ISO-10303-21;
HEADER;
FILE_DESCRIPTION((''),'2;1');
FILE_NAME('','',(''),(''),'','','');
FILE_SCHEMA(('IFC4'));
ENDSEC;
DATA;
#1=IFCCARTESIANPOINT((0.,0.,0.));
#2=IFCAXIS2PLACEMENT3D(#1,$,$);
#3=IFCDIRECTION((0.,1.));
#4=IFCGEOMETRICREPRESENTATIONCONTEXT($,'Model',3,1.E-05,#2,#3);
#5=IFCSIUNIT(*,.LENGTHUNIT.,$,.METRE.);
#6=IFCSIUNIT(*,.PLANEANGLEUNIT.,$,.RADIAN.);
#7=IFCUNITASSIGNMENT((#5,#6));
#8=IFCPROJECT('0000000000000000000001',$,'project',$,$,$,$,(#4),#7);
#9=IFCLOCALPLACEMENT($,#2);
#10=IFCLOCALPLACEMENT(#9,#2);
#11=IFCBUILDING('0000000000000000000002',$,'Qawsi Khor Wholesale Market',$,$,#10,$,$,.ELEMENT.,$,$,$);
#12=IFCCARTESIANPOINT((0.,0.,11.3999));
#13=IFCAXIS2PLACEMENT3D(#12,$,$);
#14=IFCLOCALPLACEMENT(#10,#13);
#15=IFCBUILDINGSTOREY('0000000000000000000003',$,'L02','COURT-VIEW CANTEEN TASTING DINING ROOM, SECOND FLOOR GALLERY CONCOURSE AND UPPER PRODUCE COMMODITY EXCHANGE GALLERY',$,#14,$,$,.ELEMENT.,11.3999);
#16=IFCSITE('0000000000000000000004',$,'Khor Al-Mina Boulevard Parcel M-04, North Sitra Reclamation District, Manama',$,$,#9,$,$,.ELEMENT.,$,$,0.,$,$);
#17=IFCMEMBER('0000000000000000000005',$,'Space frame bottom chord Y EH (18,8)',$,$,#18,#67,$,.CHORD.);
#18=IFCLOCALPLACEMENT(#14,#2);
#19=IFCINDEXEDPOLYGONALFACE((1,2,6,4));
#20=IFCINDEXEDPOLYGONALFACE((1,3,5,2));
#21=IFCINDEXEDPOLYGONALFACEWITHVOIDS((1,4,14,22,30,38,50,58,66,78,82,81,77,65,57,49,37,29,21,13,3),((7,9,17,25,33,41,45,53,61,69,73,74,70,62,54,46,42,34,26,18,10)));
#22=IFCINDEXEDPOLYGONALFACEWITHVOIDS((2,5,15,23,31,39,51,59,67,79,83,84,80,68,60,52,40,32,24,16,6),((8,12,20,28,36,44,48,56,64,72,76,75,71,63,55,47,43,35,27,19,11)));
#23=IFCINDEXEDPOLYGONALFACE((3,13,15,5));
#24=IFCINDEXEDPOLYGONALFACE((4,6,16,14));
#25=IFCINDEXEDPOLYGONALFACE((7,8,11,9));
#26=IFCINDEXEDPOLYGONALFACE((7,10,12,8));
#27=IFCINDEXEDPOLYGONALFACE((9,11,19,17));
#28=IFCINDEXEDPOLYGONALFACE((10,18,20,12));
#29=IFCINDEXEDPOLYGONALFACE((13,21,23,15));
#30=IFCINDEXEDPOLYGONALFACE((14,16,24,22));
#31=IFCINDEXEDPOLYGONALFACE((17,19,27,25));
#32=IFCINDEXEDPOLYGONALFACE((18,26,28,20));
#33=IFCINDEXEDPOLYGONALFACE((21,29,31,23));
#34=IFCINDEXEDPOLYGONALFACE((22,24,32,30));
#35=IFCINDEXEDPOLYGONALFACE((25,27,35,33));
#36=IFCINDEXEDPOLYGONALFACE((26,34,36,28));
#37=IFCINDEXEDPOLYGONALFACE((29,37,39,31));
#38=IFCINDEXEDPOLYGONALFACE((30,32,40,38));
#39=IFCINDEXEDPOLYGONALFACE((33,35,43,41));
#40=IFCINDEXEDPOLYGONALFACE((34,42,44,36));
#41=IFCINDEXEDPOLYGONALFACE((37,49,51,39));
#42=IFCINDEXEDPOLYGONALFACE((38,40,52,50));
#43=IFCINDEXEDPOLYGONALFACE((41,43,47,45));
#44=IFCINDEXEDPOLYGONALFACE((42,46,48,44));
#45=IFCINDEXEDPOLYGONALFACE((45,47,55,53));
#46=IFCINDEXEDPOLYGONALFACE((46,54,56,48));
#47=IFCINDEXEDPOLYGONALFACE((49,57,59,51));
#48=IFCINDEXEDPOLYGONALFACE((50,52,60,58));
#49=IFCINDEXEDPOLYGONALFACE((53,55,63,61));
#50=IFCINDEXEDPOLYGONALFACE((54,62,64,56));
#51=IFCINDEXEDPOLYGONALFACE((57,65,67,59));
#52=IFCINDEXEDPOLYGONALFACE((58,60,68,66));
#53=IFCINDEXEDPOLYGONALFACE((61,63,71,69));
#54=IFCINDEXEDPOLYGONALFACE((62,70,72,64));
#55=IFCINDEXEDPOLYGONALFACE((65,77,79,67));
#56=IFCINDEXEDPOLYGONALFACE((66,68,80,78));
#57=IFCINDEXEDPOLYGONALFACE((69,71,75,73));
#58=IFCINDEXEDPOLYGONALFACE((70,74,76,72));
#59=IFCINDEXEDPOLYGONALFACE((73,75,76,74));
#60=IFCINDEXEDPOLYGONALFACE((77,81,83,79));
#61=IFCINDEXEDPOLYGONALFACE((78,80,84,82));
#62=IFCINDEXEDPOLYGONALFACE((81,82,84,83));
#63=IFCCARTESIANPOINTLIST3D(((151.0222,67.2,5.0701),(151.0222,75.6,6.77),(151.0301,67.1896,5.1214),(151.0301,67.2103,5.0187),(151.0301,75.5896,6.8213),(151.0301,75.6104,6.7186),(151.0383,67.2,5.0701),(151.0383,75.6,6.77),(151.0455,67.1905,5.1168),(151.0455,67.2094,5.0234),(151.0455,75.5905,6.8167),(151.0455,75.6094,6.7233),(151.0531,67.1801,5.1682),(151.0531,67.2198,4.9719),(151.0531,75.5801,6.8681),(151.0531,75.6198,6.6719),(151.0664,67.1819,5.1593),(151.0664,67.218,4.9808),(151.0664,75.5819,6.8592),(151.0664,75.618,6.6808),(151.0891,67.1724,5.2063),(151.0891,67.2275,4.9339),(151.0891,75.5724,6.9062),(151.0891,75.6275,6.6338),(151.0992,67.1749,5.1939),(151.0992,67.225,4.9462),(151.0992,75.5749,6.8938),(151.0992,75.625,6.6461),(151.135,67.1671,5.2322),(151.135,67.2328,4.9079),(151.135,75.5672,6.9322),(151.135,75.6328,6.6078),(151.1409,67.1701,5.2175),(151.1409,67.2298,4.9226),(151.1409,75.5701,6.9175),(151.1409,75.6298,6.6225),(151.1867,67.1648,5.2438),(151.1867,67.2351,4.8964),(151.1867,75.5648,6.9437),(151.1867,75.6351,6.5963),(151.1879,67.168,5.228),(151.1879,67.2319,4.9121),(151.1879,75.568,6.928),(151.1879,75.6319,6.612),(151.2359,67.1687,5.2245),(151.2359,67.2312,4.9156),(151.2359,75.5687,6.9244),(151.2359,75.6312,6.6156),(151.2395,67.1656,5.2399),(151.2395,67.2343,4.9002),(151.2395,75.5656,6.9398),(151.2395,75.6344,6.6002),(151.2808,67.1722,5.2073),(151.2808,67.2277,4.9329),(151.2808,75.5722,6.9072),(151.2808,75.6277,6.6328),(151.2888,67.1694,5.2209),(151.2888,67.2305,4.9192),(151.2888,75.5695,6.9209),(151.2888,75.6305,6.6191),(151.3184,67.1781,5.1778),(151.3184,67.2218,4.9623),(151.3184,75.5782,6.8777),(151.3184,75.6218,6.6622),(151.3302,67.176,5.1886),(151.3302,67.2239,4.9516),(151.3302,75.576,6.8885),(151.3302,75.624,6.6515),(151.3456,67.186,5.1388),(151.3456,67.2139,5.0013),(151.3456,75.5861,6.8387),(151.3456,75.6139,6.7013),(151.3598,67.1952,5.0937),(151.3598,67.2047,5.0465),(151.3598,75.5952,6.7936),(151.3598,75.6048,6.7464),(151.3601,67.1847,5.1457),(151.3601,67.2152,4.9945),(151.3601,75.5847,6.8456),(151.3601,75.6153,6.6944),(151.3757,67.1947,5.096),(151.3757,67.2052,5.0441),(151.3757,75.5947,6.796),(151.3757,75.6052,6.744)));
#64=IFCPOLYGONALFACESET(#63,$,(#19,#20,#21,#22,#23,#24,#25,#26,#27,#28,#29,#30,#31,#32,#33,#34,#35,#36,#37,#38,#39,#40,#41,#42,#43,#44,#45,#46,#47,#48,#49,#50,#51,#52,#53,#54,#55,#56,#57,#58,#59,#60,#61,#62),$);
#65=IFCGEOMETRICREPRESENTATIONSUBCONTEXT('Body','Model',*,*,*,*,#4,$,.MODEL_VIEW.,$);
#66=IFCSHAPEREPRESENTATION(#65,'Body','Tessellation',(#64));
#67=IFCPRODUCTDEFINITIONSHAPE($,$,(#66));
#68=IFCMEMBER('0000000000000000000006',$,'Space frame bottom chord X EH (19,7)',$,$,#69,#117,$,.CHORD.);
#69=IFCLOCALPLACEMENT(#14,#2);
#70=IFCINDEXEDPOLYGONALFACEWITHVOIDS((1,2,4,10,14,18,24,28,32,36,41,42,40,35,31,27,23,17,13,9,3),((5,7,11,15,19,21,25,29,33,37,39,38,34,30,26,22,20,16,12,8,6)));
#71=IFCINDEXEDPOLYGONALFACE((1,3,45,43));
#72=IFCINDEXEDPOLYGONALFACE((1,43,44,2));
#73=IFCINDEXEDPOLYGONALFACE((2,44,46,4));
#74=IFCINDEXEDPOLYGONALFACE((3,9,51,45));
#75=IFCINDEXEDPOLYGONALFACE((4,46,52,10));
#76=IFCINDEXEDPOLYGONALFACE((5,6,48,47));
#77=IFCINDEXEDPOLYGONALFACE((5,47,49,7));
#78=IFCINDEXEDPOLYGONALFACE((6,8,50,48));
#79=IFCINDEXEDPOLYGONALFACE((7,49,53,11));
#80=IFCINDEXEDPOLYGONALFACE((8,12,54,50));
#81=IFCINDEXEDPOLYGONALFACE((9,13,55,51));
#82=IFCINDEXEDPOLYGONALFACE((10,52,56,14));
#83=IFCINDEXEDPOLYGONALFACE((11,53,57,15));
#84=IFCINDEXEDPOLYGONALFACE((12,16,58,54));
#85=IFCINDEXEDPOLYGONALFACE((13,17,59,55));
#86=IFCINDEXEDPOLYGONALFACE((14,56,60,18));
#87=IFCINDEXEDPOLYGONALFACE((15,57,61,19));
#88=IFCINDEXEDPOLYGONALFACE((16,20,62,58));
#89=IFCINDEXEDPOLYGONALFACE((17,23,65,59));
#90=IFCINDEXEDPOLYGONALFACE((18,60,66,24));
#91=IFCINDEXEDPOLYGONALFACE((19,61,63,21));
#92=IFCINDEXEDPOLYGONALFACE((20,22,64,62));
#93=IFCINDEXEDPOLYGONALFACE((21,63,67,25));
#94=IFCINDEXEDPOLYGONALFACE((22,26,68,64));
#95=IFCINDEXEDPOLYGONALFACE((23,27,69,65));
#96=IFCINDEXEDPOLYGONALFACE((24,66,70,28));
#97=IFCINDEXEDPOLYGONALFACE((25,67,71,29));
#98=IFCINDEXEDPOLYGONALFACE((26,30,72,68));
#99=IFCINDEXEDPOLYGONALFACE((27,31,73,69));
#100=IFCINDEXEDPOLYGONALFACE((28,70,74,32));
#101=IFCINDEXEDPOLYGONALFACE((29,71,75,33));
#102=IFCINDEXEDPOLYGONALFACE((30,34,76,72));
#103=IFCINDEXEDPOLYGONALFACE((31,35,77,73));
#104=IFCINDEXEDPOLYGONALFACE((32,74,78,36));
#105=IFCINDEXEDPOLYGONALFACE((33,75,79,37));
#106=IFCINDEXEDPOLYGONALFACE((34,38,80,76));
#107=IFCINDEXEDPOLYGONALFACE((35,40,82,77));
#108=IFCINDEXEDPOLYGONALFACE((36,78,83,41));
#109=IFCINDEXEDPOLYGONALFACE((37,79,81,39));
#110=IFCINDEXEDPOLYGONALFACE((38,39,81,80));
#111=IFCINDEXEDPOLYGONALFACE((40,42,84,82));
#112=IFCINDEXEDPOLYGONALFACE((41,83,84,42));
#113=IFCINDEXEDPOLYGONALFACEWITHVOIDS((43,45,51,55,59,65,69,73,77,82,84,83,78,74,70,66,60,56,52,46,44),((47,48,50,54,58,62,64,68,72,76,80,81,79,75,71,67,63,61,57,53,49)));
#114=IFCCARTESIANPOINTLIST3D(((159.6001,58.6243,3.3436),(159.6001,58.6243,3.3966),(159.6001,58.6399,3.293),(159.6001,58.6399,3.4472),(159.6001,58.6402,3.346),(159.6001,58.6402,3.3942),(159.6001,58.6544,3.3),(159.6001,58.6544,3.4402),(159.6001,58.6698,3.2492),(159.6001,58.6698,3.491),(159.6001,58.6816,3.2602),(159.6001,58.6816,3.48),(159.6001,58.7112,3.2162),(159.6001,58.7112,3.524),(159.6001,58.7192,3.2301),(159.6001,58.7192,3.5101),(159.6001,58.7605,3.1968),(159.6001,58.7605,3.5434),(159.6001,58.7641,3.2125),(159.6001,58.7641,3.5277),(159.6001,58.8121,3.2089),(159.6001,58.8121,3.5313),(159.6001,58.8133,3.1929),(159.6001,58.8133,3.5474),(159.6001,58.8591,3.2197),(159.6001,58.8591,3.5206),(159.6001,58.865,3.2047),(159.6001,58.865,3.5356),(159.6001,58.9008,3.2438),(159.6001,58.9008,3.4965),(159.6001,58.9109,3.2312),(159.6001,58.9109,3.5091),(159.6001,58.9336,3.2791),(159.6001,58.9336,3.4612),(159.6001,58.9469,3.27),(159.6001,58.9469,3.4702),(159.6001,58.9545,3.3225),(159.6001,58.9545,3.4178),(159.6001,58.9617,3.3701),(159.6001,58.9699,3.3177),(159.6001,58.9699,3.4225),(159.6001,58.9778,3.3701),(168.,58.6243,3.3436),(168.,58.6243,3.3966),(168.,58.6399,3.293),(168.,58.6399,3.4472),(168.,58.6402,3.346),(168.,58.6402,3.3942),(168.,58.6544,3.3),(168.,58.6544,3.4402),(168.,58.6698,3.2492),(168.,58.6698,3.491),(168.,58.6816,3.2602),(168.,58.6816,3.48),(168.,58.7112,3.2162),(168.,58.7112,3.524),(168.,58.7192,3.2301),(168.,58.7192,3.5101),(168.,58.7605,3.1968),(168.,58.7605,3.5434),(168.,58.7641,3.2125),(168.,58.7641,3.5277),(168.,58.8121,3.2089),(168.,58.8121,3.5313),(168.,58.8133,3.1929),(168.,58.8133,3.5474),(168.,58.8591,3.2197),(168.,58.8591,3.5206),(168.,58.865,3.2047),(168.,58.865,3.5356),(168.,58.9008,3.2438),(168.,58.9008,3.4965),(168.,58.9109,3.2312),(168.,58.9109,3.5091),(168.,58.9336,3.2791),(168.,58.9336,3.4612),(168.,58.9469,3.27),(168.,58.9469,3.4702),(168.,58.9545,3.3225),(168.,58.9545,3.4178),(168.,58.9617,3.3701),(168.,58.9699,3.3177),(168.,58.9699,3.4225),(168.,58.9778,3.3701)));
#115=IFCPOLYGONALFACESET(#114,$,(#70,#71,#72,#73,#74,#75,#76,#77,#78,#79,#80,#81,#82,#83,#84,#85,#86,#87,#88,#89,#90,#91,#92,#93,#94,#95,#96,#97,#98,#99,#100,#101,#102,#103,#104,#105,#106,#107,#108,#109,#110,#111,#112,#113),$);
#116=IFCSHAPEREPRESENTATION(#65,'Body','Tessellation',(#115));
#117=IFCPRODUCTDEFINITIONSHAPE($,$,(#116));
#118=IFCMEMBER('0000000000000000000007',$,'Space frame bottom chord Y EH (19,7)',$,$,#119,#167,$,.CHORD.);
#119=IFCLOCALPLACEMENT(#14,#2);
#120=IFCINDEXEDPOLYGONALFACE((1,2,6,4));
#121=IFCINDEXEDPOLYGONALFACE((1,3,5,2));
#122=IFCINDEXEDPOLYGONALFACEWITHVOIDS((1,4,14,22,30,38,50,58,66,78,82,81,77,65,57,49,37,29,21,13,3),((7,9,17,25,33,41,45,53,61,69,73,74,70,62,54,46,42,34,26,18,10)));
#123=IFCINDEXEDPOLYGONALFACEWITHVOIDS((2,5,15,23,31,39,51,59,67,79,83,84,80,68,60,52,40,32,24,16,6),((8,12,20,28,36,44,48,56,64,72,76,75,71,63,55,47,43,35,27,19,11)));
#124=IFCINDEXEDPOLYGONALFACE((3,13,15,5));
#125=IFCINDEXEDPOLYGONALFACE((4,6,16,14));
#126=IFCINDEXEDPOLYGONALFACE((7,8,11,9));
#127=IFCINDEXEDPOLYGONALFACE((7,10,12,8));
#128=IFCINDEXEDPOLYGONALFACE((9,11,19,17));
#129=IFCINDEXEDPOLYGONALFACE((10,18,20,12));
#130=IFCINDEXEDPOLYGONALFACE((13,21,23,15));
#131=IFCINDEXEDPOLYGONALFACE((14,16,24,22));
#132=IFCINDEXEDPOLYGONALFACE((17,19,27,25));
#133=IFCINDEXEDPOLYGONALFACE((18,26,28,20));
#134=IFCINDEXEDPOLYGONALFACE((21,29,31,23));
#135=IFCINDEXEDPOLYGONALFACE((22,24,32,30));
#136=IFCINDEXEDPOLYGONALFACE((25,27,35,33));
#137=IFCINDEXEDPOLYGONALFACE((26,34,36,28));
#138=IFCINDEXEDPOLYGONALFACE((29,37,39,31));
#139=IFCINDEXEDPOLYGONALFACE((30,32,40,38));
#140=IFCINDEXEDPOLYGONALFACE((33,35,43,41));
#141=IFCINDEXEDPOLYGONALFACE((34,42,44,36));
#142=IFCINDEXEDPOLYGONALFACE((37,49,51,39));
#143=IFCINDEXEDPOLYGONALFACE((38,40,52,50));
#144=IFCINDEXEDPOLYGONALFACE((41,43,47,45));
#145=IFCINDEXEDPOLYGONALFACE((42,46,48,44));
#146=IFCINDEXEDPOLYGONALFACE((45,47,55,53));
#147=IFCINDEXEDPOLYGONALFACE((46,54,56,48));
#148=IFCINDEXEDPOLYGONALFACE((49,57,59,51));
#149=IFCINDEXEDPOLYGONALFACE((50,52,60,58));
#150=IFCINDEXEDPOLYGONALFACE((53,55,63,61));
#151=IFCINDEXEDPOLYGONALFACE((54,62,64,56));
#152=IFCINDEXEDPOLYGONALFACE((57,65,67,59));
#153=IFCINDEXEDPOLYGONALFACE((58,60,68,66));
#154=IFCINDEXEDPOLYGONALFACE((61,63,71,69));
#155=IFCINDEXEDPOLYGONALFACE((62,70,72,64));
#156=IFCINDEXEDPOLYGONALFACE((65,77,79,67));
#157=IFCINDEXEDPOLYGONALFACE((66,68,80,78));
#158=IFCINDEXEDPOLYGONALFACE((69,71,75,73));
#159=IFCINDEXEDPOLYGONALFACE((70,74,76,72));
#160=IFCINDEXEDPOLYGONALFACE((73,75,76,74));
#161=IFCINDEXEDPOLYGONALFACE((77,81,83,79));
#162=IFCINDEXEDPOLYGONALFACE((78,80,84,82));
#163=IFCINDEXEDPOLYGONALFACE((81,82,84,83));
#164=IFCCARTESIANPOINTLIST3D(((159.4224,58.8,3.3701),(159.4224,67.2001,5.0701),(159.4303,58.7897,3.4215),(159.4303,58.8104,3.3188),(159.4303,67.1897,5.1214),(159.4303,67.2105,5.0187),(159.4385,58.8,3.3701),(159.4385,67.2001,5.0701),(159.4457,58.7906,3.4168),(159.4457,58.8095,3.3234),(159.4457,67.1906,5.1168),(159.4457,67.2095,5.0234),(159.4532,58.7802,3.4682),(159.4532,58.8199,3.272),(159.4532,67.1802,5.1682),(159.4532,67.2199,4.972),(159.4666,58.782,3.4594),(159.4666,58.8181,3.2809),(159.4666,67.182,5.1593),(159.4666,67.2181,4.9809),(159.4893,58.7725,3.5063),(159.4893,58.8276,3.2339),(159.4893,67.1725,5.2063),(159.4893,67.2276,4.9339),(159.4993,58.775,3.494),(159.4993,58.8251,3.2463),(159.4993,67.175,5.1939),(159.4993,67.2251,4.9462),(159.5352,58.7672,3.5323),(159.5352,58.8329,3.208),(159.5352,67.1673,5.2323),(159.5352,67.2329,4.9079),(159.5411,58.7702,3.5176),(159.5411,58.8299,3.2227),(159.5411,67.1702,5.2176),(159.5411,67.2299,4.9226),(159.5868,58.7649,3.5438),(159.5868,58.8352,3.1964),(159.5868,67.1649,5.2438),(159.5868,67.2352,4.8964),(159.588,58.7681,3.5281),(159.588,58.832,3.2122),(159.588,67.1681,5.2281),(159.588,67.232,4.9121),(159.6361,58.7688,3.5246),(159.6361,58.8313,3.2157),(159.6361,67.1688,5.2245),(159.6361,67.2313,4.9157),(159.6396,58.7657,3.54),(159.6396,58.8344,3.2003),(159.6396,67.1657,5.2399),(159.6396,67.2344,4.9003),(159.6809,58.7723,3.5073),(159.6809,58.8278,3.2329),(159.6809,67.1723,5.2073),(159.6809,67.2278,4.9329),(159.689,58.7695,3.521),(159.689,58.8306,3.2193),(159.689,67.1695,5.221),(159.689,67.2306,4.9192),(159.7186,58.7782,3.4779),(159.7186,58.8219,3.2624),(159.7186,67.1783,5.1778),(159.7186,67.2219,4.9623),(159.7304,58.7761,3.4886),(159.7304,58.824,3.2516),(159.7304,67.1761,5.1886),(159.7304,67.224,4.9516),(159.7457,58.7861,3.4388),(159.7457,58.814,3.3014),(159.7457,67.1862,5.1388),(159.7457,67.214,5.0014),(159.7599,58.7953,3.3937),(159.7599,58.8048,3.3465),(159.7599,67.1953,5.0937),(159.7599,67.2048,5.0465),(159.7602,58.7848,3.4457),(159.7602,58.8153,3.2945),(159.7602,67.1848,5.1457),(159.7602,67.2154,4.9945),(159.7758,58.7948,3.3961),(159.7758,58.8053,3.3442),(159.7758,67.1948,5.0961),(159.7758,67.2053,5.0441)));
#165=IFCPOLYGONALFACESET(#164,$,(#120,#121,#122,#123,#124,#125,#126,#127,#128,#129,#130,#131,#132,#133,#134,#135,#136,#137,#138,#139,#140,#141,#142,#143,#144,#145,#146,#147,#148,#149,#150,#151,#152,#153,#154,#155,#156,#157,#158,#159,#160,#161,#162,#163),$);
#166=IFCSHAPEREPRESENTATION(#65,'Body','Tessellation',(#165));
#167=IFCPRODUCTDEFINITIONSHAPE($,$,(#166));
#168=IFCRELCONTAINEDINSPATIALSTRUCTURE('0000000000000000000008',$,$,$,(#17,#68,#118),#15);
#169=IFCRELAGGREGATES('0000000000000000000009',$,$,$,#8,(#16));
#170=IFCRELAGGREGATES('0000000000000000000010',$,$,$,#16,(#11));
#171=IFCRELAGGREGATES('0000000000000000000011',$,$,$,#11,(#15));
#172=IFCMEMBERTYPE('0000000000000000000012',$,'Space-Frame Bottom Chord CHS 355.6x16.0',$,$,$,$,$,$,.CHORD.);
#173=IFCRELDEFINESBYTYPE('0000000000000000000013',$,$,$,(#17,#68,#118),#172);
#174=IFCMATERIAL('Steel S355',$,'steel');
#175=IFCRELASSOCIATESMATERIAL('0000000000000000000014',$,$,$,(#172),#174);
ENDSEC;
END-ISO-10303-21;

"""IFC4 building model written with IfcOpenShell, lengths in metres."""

from ifc_helpers import new_model, si_unit, direction, frame, origin, origin_2d, place, context, subcontext, project, spatial, hollow_circle, extrude, material, material_profile, profile_set, type_object, element, save


model = new_model("IFC4")

# Units and contexts
model_context = context("Model", 3, precision=1e-05, world=origin(), true_north=direction((0.0, 1.0)))
body_context = subcontext(model_context, "Body", "Model", "MODEL_VIEW")
ifc_project = project(units=[si_unit("LENGTHUNIT", "METRE"), si_unit("PLANEANGLEUNIT", "RADIAN")], contexts=[model_context])

# Site, building, storey
site_placement = place(None, origin())
site = spatial("IfcSite", under=ifc_project, at=site_placement, Name="Khor Al-Mina Boulevard Parcel M-04, North Sitra Reclamation District, Manama", CompositionType="ELEMENT", RefElevation=0.0)
building_placement = place(site_placement, origin())
building = spatial("IfcBuilding", under=site, at=building_placement, Name="Qawsi Khor Wholesale Market", CompositionType="ELEMENT")
storey_placement = place(building_placement, frame((0.0, 0.0, 11.3999)))
storey = spatial("IfcBuildingStorey", under=building, at=storey_placement, Name="L02", Description="COURT-VIEW CANTEEN TASTING DINING ROOM, SECOND FLOOR GALLERY CONCOURSE AND UPPER PRODUCE COMMODITY EXCHANGE GALLERY", CompositionType="ELEMENT", Elevation=11.3999)

# Members
ifc_material_1 = material(Name="Steel S355", Category="steel")
ifc_material_profile_1 = material_profile(ifc_material_1, hollow_circle(Radius=0.1777, WallThickness=0.0161, at=origin_2d()), Name="CHS 355.6x16.0")
ifc_profile_set_1 = profile_set([ifc_material_profile_1], Name="Steel S355")
member_type_1 = type_object("IfcMemberType", Name="Space-Frame Bottom Chord CHS 355.6x16.0", PredefinedType="CHORD", material=ifc_profile_set_1)
member_1_placement = place(storey_placement, frame((151.2, 67.2, 5.0701), z_axis=(0.0, 0.980131, 0.198351), x_axis=(-1.0, 0.0, 0.0)))
element("IfcMember", 1, at=member_1_placement, inside=storey, type_object=member_type_1, Name="Space frame bottom chord Y EH (18,8)", PredefinedType="CHORD", context=body_context, shape_type="SweptSolid", body=[
    extrude(hollow_circle(Radius=0.1777, WallThickness=0.0161, at=origin_2d()), origin(), (0.0, 0.0, 1.0), 8.5703),
])
member_2_placement = place(storey_placement, frame((159.6001, 58.8, 3.3701), z_axis=(1.0, 0.0, 0.0), x_axis=(0.0, 1.0, 0.0)))
element("IfcMember", 2, at=member_2_placement, inside=storey, type_object=member_type_1, Name="Space frame bottom chord X EH (19,7)", PredefinedType="CHORD", context=body_context, shape_type="SweptSolid", body=[
    extrude(hollow_circle(Radius=0.1777, WallThickness=0.0161, at=origin_2d()), origin(), (0.0, 0.0, 1.0), 8.3999),
])
member_3_placement = place(storey_placement, frame((159.6001, 58.8, 3.3701), z_axis=(0.0, 0.98013, 0.198356), x_axis=(-1.0, 0.0, 0.0)))
element("IfcMember", 3, at=member_3_placement, inside=storey, type_object=member_type_1, Name="Space frame bottom chord Y EH (19,7)", PredefinedType="CHORD", context=body_context, shape_type="SweptSolid", body=[
    extrude(hollow_circle(Radius=0.1777, WallThickness=0.0161, at=origin_2d()), origin(), (0.0, 0.0, 1.0), 8.5703),
])

save(model, "model.ifc")
